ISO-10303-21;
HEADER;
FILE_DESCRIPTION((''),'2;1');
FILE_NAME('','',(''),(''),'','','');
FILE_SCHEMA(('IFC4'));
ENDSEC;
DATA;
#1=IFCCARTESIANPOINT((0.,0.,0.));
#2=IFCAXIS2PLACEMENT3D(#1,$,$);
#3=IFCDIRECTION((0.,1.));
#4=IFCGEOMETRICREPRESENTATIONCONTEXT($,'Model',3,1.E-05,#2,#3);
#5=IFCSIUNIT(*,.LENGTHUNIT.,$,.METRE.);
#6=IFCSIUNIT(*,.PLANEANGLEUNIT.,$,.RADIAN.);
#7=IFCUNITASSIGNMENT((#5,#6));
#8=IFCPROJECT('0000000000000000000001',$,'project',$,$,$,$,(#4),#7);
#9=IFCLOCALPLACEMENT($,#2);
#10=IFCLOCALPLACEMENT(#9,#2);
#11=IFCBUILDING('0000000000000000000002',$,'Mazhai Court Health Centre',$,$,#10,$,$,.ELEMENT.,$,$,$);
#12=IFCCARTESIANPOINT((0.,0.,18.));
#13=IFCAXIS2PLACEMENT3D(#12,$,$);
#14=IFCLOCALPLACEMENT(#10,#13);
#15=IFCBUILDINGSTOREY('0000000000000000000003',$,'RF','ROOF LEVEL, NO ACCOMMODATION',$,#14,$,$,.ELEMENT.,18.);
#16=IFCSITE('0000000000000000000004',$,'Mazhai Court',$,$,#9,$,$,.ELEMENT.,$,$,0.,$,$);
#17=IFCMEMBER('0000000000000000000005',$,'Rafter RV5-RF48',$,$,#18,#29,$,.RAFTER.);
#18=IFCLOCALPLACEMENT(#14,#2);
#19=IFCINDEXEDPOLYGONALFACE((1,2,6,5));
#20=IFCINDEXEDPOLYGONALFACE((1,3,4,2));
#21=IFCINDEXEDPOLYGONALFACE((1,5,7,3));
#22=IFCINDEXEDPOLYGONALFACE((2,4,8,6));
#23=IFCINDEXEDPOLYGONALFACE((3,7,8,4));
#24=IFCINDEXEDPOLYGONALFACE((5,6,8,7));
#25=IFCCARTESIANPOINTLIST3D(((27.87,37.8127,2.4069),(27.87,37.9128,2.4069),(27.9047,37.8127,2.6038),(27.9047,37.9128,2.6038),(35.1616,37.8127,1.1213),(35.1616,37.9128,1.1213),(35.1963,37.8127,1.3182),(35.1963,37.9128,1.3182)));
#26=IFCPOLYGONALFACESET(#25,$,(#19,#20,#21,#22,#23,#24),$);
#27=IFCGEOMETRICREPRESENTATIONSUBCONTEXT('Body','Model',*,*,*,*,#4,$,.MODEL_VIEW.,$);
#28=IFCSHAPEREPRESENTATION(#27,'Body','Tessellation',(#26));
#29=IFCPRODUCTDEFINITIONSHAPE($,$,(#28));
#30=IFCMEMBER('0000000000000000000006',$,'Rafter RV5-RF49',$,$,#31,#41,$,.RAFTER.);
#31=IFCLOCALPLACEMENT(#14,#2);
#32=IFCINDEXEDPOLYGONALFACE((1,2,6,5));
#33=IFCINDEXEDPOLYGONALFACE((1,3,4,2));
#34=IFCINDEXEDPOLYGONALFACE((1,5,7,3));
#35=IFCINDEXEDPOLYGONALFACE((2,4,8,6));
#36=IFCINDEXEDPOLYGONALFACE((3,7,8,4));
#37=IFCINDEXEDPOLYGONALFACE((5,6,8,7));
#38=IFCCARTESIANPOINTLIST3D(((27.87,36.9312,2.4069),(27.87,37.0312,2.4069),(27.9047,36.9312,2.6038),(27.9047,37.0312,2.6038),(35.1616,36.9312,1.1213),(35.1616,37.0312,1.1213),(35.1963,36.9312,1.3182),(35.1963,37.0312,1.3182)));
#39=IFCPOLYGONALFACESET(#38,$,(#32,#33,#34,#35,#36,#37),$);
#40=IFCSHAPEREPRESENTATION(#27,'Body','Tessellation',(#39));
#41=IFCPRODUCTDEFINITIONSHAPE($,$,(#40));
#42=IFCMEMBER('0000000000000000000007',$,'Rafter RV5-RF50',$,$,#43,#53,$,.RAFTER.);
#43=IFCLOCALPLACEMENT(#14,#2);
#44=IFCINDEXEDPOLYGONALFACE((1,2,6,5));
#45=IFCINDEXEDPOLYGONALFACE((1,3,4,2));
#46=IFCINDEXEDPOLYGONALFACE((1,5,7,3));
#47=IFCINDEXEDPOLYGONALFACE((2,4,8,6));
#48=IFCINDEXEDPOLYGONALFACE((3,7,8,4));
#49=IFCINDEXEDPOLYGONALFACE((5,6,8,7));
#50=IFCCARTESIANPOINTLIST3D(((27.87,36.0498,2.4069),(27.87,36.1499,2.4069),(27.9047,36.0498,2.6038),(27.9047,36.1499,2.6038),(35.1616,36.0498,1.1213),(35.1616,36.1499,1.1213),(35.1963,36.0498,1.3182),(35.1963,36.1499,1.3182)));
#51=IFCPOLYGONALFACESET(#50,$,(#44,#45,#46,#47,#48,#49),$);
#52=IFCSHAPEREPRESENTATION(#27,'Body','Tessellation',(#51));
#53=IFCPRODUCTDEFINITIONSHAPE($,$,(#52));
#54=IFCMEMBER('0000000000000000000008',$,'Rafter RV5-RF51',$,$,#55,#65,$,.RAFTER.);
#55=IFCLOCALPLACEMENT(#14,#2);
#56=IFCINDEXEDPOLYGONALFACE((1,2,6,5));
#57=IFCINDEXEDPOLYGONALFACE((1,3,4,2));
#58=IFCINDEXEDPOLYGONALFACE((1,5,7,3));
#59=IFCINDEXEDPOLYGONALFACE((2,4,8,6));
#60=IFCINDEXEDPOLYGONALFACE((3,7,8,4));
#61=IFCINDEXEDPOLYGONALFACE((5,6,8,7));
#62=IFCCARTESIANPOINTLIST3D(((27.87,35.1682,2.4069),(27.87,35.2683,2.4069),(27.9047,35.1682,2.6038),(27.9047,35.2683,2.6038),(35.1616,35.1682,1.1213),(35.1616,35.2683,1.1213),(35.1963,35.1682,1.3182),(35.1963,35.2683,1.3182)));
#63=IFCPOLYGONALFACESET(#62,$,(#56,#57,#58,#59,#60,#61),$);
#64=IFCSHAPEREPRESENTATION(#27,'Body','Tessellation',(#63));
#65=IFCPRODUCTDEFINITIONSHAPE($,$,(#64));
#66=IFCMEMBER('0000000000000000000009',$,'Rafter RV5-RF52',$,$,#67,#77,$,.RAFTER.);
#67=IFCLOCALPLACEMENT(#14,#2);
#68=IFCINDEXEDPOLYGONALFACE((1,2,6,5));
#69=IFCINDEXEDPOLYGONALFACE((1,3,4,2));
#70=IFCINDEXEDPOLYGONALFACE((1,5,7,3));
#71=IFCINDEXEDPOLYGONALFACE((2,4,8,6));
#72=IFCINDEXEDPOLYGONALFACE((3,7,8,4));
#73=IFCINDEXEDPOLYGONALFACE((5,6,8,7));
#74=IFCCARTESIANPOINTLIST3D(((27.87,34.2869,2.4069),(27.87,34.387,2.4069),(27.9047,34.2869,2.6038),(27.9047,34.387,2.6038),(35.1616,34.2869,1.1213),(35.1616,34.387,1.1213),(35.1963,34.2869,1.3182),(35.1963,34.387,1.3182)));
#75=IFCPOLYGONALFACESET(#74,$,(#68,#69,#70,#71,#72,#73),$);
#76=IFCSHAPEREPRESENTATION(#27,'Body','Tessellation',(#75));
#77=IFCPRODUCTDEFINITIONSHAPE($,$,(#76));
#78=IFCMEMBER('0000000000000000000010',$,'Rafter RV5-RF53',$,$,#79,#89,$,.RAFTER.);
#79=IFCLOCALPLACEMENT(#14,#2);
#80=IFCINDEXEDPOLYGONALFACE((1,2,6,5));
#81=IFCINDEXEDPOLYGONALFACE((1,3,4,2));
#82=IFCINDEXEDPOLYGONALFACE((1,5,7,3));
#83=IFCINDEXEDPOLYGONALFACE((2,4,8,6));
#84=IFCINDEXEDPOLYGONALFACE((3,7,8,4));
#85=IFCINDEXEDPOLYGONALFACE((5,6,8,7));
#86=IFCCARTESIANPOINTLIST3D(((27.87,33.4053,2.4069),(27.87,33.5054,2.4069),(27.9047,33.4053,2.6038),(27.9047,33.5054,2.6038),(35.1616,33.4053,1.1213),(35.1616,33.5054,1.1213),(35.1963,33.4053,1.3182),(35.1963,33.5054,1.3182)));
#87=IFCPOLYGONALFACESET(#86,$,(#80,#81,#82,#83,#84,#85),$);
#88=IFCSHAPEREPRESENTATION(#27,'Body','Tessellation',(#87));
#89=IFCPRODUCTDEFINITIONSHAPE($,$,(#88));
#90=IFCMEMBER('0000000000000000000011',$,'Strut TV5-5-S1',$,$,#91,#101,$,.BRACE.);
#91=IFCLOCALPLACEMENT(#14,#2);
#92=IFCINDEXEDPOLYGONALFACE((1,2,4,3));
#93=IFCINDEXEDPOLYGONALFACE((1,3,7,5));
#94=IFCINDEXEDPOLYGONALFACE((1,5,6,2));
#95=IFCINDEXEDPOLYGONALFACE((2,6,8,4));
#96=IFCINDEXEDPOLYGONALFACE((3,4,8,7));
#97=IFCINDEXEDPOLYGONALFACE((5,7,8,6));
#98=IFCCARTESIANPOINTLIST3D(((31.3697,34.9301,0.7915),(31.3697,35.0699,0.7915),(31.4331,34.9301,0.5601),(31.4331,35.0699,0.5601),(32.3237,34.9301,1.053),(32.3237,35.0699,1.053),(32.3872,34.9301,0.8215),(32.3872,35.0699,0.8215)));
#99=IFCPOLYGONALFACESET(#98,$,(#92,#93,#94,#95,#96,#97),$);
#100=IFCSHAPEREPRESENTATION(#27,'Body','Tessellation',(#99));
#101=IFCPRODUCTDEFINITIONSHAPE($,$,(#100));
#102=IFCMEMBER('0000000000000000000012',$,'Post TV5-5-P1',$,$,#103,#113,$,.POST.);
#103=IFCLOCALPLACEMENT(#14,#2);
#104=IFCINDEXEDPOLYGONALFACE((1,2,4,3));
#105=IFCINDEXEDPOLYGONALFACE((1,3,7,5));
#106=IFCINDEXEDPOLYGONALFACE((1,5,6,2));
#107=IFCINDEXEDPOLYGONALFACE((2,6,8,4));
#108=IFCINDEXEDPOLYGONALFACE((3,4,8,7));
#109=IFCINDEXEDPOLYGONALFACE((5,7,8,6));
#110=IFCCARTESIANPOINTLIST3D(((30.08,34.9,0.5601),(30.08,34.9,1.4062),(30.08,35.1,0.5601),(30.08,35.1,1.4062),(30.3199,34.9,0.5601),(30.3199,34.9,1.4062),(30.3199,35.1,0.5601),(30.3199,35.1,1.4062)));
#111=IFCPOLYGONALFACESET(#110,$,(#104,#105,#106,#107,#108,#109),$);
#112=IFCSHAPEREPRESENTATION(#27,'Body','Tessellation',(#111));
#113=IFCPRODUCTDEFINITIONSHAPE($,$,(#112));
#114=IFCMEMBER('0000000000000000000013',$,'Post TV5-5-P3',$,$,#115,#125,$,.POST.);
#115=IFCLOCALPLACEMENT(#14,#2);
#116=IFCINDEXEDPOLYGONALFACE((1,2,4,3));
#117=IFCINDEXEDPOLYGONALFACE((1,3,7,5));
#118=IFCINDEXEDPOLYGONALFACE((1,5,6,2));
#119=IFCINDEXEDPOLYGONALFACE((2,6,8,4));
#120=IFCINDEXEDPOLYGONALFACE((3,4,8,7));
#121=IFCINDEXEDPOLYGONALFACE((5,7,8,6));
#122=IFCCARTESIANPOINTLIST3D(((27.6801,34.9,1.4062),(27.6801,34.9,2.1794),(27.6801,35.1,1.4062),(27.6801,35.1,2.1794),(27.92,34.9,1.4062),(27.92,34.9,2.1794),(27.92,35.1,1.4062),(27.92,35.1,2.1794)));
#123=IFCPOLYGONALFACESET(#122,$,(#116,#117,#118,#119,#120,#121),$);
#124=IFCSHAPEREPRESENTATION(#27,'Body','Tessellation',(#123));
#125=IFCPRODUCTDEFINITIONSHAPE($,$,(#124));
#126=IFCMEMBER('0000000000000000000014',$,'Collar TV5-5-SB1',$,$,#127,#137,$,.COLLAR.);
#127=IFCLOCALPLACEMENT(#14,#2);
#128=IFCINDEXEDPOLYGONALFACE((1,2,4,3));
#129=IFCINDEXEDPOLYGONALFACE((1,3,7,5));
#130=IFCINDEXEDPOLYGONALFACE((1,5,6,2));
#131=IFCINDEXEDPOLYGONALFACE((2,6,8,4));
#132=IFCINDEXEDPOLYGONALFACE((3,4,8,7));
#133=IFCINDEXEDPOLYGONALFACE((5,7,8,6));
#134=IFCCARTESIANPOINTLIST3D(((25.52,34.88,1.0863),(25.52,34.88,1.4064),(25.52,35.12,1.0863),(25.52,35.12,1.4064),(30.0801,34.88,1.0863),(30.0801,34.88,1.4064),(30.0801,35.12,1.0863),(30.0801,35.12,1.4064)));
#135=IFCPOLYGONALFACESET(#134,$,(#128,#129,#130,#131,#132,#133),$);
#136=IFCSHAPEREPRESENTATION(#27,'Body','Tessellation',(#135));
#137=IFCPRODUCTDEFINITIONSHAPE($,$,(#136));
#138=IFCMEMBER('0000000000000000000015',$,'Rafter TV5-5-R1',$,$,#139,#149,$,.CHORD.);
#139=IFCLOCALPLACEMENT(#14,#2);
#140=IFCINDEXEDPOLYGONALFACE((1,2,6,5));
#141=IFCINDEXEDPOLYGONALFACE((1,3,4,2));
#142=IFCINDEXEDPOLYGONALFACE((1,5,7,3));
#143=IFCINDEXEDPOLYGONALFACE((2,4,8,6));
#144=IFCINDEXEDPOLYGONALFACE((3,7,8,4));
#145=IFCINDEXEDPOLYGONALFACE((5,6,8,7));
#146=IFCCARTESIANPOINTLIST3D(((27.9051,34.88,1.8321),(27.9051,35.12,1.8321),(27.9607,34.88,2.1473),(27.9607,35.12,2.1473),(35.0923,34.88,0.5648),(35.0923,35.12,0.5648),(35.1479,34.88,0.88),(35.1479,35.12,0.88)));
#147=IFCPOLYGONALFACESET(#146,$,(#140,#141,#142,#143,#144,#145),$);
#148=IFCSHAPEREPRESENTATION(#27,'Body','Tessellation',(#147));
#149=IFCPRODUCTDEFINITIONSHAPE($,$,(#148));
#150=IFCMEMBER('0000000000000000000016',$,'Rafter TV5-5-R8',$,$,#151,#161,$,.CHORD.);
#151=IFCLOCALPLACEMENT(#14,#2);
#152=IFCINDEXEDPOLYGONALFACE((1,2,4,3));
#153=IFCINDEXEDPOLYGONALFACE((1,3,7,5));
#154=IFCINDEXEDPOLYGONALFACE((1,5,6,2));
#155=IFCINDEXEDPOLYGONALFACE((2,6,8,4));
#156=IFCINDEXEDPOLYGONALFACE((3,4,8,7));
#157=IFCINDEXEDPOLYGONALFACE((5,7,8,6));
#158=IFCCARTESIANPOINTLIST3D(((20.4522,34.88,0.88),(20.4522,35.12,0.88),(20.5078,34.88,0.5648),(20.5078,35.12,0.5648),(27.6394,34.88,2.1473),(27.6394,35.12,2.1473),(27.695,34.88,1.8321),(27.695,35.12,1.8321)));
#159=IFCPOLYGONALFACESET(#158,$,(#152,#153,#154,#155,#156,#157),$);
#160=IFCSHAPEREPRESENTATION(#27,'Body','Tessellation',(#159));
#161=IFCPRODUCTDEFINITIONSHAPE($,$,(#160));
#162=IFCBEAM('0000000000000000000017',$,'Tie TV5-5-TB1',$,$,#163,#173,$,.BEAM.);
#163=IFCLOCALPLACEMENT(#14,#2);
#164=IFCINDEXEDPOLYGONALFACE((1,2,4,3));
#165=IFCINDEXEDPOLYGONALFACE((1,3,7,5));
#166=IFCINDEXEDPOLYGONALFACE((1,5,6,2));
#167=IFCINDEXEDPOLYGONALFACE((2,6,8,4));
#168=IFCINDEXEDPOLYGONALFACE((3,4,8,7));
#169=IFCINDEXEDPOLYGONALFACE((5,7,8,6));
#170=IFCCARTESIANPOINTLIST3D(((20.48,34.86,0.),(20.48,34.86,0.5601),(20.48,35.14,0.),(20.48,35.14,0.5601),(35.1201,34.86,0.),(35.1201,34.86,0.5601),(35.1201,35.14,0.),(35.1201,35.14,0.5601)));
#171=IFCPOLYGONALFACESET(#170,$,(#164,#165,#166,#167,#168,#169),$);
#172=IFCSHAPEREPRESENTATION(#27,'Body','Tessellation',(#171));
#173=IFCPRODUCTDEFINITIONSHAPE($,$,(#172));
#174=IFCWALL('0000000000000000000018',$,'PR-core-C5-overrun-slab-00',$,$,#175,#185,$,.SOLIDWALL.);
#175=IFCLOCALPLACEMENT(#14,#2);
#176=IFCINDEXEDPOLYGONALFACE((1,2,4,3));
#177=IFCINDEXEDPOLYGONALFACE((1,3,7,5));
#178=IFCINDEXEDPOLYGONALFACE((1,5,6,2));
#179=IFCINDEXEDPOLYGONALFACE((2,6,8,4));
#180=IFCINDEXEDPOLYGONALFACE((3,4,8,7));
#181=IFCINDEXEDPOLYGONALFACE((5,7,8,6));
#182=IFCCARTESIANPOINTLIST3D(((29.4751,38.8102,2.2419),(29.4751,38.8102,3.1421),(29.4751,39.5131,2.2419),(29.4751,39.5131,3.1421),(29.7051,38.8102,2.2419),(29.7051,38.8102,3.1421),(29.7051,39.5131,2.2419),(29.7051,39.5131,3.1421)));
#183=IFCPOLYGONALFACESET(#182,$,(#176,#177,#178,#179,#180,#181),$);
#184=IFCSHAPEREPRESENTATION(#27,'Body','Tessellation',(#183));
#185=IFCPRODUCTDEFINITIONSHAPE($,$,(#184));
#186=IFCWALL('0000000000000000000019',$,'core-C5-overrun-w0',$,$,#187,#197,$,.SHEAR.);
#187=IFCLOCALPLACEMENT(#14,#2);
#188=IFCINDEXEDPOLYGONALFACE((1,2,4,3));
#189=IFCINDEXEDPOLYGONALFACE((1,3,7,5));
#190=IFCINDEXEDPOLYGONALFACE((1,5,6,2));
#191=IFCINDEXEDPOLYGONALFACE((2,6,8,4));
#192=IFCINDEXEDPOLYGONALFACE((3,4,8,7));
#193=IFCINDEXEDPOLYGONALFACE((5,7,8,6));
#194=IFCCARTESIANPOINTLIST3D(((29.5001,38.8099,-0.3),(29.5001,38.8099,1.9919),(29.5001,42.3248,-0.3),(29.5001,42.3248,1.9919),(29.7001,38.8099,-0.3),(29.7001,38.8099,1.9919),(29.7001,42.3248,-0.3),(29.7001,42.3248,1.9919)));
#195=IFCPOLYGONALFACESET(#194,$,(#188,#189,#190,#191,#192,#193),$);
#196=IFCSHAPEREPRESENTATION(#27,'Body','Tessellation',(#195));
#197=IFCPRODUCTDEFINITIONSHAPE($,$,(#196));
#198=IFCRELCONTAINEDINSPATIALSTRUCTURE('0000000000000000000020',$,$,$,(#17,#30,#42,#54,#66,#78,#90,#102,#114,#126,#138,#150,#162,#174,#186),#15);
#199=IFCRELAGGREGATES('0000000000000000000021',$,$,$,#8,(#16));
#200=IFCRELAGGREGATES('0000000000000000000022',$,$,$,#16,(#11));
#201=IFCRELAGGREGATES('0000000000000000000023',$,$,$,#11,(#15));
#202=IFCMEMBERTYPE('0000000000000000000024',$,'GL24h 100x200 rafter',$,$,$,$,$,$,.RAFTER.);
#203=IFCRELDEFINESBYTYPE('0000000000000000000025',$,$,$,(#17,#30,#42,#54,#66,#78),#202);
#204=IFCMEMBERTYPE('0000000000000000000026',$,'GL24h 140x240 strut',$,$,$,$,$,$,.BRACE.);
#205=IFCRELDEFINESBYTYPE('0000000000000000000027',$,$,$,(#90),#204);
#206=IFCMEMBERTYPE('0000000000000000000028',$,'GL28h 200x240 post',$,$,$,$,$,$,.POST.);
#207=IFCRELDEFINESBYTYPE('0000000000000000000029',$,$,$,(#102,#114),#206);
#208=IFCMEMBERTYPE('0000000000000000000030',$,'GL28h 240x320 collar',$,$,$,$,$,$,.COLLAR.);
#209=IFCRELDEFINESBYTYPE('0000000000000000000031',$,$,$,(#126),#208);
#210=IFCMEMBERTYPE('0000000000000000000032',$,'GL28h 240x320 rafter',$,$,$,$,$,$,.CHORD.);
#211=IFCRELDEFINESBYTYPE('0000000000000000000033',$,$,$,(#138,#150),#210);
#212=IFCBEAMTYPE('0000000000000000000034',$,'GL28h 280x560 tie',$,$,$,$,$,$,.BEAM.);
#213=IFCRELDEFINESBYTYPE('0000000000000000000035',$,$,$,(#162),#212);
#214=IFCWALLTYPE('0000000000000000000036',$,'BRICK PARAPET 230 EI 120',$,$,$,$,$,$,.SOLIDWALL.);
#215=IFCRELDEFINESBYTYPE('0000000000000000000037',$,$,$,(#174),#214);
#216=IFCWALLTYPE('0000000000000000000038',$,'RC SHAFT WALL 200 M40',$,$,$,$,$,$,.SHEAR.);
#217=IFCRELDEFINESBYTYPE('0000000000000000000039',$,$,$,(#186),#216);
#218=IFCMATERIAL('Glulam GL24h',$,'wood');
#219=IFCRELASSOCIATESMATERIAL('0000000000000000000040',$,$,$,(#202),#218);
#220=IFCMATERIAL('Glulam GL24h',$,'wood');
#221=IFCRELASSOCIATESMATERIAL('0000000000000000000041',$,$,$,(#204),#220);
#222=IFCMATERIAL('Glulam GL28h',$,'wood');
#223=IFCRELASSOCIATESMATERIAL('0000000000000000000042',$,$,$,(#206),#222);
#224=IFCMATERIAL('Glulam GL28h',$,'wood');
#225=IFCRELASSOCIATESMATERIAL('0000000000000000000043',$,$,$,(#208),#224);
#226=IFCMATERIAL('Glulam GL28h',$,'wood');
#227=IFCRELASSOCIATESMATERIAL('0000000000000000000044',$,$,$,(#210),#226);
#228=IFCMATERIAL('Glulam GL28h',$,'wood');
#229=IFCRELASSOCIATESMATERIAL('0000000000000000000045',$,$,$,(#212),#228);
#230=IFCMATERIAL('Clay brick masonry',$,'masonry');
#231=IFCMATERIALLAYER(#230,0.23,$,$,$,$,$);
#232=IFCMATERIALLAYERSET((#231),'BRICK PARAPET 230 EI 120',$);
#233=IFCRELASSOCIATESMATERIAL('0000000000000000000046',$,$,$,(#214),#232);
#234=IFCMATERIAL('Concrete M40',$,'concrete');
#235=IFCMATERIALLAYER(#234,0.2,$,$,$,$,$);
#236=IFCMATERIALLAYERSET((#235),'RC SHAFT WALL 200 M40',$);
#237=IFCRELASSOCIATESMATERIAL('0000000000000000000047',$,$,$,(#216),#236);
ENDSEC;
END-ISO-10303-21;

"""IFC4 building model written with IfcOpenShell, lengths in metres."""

from ifc_helpers import new_model, si_unit, direction, frame, frame_2d, origin, origin_2d, place, context, subcontext, project, spatial, rectangle, extrude, material, layer, layer_set, material_profile, profile_set, type_object, element, save


model = new_model("IFC4")

# Units and contexts
model_context = context("Model", 3, precision=1e-05, world=origin(), true_north=direction((0.0, 1.0)))
body_context = subcontext(model_context, "Body", "Model", "MODEL_VIEW")
ifc_project = project(units=[si_unit("LENGTHUNIT", "METRE"), si_unit("PLANEANGLEUNIT", "RADIAN")], contexts=[model_context])

# Site, building, storey
site_placement = place(None, origin())
site = spatial("IfcSite", under=ifc_project, at=site_placement, Name="Mazhai Court", CompositionType="ELEMENT", RefElevation=0.0)
building_placement = place(site_placement, origin())
building = spatial("IfcBuilding", under=site, at=building_placement, Name="Mazhai Court Health Centre", CompositionType="ELEMENT")
storey_placement = place(building_placement, frame((0.0, 0.0, 18.0)))
storey = spatial("IfcBuildingStorey", under=building, at=storey_placement, Name="RF", Description="ROOF LEVEL, NO ACCOMMODATION", CompositionType="ELEMENT", Elevation=18.0)

# Members
ifc_material_1 = material(Name="Glulam GL24h", Category="wood")
ifc_material_profile_1 = material_profile(ifc_material_1, rectangle(XDim=0.1001, YDim=0.2, at=origin_2d()), Name="GL24h 100x200")
ifc_profile_set_1 = profile_set([ifc_material_profile_1], Name="Glulam GL24h")
member_type_1 = type_object("IfcMemberType", Name="GL24h 100x200 rafter", PredefinedType="RAFTER", material=ifc_profile_set_1)
for number, where, z_axis, x_axis, name in (
    (1, (35.179, 37.8628, 1.2197), (-0.984809, 0.0, 0.173642), (0.0, -1.0, 0.0), "Rafter RV5-RF48"),
    (2, (35.179, 36.9812, 1.2197), (-0.984809, 0.0, 0.173642), (0.0, -1.0, 0.0), "Rafter RV5-RF49"),
    (3, (35.179, 36.0999, 1.2197), (-0.984809, 0.0, 0.173642), (0.0, -1.0, 0.0), "Rafter RV5-RF50"),
    (4, (35.179, 35.2183, 1.2197), (-0.984809, 0.0, 0.173642), (0.0, -1.0, 0.0), "Rafter RV5-RF51"),
    (5, (35.179, 34.3369, 1.2197), (-0.984809, 0.0, 0.173642), (0.0, -1.0, 0.0), "Rafter RV5-RF52"),
    (6, (35.179, 33.4553, 1.2197), (-0.984809, 0.0, 0.173642), (0.0, -1.0, 0.0), "Rafter RV5-RF53"),
):
    element("IfcMember", number, at=place(storey_placement, frame(where, z_axis=z_axis, x_axis=x_axis)), inside=storey, type_object=member_type_1, Name=name, PredefinedType="RAFTER", context=body_context, shape_type="SweptSolid", body=[
        extrude(rectangle(XDim=0.1001, YDim=0.2, at=origin_2d()), origin(), (0.0, 0.0, 1.0), 7.4041),
    ])
ifc_material_2 = material(Name="Glulam GL24h", Category="wood")
ifc_material_profile_2 = material_profile(ifc_material_2, rectangle(XDim=0.1399, YDim=0.24, at=origin_2d()), Name="GL24h 140x240")
ifc_profile_set_2 = profile_set([ifc_material_profile_2], Name="Glulam GL24h")
member_type_2 = type_object("IfcMemberType", Name="GL24h 140x240 strut", PredefinedType="BRACE", material=ifc_profile_set_2)
member_1_placement = place(storey_placement, frame((31.4014, 35.0, 0.6758), z_axis=(0.964438, 0.0, 0.264307), x_axis=(0.0, 1.0, 0.0)))
element("IfcMember", 7, at=member_1_placement, inside=storey, type_object=member_type_2, Name="Strut TV5-5-S1", PredefinedType="BRACE", context=body_context, shape_type="SweptSolid", body=[
    extrude(rectangle(XDim=0.1399, YDim=0.24, at=origin_2d()), origin(), (0.0, 0.0, 1.0), 0.9893),
])
ifc_material_3 = material(Name="Glulam GL28h", Category="wood")
ifc_material_profile_3 = material_profile(ifc_material_3, rectangle(XDim=0.2, YDim=0.24, at=origin_2d()), Name="GL28h 200x240")
ifc_profile_set_3 = profile_set([ifc_material_profile_3], Name="Glulam GL28h")
member_type_3 = type_object("IfcMemberType", Name="GL28h 200x240 post", PredefinedType="POST", material=ifc_profile_set_3)
member_2_placement = place(storey_placement, frame((30.2, 35.0, 0.5601), z_axis=(0.0, 0.0, 1.0), x_axis=(0.0, 1.0, 0.0)))
element("IfcMember", 8, at=member_2_placement, inside=storey, type_object=member_type_3, Name="Post TV5-5-P1", PredefinedType="POST", context=body_context, shape_type="SweptSolid", body=[
    extrude(rectangle(XDim=0.2, YDim=0.24, at=origin_2d()), origin(), (0.0, 0.0, 1.0), 0.8462),
])
member_3_placement = place(storey_placement, frame((27.8, 35.0, 1.4062), z_axis=(0.0, 0.0, 1.0), x_axis=(0.0, 1.0, 0.0)))
element("IfcMember", 9, at=member_3_placement, inside=storey, type_object=member_type_3, Name="Post TV5-5-P3", PredefinedType="POST", context=body_context, shape_type="SweptSolid", body=[
    extrude(rectangle(XDim=0.2, YDim=0.24, at=origin_2d()), origin(), (0.0, 0.0, 1.0), 0.7732),
])
ifc_material_4 = material(Name="Glulam GL28h", Category="wood")
ifc_material_profile_4 = material_profile(ifc_material_4, rectangle(XDim=0.24, YDim=0.3201, at=origin_2d()), Name="GL28h 240x320")
ifc_profile_set_4 = profile_set([ifc_material_profile_4], Name="Glulam GL28h")
member_type_4 = type_object("IfcMemberType", Name="GL28h 240x320 collar", PredefinedType="COLLAR", material=ifc_profile_set_4)
member_4_placement = place(storey_placement, frame((30.0801, 35.0, 1.2463), z_axis=(-1.0, 0.0, 0.0), x_axis=(0.0, -1.0, 0.0)))
element("IfcMember", 10, at=member_4_placement, inside=storey, type_object=member_type_4, Name="Collar TV5-5-SB1", PredefinedType="COLLAR", context=body_context, shape_type="SweptSolid", body=[
    extrude(rectangle(XDim=0.24, YDim=0.3201, at=origin_2d()), origin(), (0.0, 0.0, 1.0), 4.5601),
])
ifc_material_5 = material(Name="Glulam GL28h", Category="wood")
ifc_material_profile_5 = material_profile(ifc_material_5, rectangle(XDim=0.24, YDim=0.3201, at=origin_2d()), Name="GL28h 240x320")
ifc_profile_set_5 = profile_set([ifc_material_profile_5], Name="Glulam GL28h")
member_type_5 = type_object("IfcMemberType", Name="GL28h 240x320 rafter", PredefinedType="CHORD", material=ifc_profile_set_5)
for number, where, z_axis, x_axis, name in (
    (11, (35.1201, 35.0, 0.7224), (-0.984807, 0.0, 0.173652), (0.0, -1.0, 0.0), "Rafter TV5-5-R1"),
    (12, (27.6672, 35.0, 1.9897), (-0.984807, 0.0, -0.173652), (0.0, -1.0, 0.0), "Rafter TV5-5-R8"),
):
    element("IfcMember", number, at=place(storey_placement, frame(where, z_axis=z_axis, x_axis=x_axis)), inside=storey, type_object=member_type_5, Name=name, PredefinedType="CHORD", context=body_context, shape_type="SweptSolid", body=[
        extrude(rectangle(XDim=0.24, YDim=0.3201, at=origin_2d()), origin(), (0.0, 0.0, 1.0), 7.2981),
    ])

# Beam
ifc_material_6 = material(Name="Glulam GL28h", Category="wood")
ifc_material_profile_6 = material_profile(ifc_material_6, rectangle(XDim=0.28, YDim=0.5601, at=origin_2d()), Name="GL28h 280x560")
ifc_profile_set_6 = profile_set([ifc_material_profile_6], Name="Glulam GL28h")
beam_type = type_object("IfcBeamType", Name="GL28h 280x560 tie", PredefinedType="BEAM", material=ifc_profile_set_6)
beam_placement = place(storey_placement, frame((35.1201, 35.0, 0.28), z_axis=(-1.0, 0.0, 0.0), x_axis=(0.0, -1.0, 0.0)))
element("IfcBeam", 13, at=beam_placement, inside=storey, type_object=beam_type, Name="Tie TV5-5-TB1", PredefinedType="BEAM", context=body_context, shape_type="SweptSolid", body=[
    extrude(rectangle(XDim=0.28, YDim=0.5601, at=origin_2d()), origin(), (0.0, 0.0, 1.0), 14.6401),
])

# Walls
ifc_material_7 = material(Name="Clay brick masonry", Category="masonry")
ifc_layer_1 = layer(ifc_material_7, 0.23)
ifc_layer_set_1 = layer_set([ifc_layer_1], Name="BRICK PARAPET 230 EI 120")
wall_type_1 = type_object("IfcWallType", Name="BRICK PARAPET 230 EI 120", PredefinedType="SOLIDWALL", material=ifc_layer_set_1)
wall_1_placement = place(storey_placement, frame((29.5901, 38.8101, 2.2419), z_axis=(0.0, 0.0, 1.0), x_axis=(0.0, 1.0, 0.0)))
element("IfcWall", 14, at=wall_1_placement, inside=storey, type_object=wall_type_1, Name="PR-core-C5-overrun-slab-00", PredefinedType="SOLIDWALL", context=body_context, shape_type="SweptSolid", body=[
    extrude(rectangle(XDim=0.7029, YDim=0.23, at=frame_2d((0.3516, 0.0))), origin(), (0.0, 0.0, 1.0), 0.9001),
])
ifc_material_8 = material(Name="Concrete M40", Category="concrete")
ifc_layer_2 = layer(ifc_material_8, 0.2)
ifc_layer_set_2 = layer_set([ifc_layer_2], Name="RC SHAFT WALL 200 M40")
wall_type_2 = type_object("IfcWallType", Name="RC SHAFT WALL 200 M40", PredefinedType="SHEAR", material=ifc_layer_set_2)
wall_2_placement = place(storey_placement, frame((29.6001, 38.8101, -0.3), z_axis=(0.0, 0.0, 1.0), x_axis=(0.0, 1.0, 0.0)))
element("IfcWall", 15, at=wall_2_placement, inside=storey, type_object=wall_type_2, Name="core-C5-overrun-w0", PredefinedType="SHEAR", context=body_context, shape_type="SweptSolid", body=[
    extrude(rectangle(XDim=3.5149, YDim=0.2, at=frame_2d((1.7573, 0.0))), origin(), (0.0, 0.0, 1.0), 2.292),
])

save(model, "model.ifc")
